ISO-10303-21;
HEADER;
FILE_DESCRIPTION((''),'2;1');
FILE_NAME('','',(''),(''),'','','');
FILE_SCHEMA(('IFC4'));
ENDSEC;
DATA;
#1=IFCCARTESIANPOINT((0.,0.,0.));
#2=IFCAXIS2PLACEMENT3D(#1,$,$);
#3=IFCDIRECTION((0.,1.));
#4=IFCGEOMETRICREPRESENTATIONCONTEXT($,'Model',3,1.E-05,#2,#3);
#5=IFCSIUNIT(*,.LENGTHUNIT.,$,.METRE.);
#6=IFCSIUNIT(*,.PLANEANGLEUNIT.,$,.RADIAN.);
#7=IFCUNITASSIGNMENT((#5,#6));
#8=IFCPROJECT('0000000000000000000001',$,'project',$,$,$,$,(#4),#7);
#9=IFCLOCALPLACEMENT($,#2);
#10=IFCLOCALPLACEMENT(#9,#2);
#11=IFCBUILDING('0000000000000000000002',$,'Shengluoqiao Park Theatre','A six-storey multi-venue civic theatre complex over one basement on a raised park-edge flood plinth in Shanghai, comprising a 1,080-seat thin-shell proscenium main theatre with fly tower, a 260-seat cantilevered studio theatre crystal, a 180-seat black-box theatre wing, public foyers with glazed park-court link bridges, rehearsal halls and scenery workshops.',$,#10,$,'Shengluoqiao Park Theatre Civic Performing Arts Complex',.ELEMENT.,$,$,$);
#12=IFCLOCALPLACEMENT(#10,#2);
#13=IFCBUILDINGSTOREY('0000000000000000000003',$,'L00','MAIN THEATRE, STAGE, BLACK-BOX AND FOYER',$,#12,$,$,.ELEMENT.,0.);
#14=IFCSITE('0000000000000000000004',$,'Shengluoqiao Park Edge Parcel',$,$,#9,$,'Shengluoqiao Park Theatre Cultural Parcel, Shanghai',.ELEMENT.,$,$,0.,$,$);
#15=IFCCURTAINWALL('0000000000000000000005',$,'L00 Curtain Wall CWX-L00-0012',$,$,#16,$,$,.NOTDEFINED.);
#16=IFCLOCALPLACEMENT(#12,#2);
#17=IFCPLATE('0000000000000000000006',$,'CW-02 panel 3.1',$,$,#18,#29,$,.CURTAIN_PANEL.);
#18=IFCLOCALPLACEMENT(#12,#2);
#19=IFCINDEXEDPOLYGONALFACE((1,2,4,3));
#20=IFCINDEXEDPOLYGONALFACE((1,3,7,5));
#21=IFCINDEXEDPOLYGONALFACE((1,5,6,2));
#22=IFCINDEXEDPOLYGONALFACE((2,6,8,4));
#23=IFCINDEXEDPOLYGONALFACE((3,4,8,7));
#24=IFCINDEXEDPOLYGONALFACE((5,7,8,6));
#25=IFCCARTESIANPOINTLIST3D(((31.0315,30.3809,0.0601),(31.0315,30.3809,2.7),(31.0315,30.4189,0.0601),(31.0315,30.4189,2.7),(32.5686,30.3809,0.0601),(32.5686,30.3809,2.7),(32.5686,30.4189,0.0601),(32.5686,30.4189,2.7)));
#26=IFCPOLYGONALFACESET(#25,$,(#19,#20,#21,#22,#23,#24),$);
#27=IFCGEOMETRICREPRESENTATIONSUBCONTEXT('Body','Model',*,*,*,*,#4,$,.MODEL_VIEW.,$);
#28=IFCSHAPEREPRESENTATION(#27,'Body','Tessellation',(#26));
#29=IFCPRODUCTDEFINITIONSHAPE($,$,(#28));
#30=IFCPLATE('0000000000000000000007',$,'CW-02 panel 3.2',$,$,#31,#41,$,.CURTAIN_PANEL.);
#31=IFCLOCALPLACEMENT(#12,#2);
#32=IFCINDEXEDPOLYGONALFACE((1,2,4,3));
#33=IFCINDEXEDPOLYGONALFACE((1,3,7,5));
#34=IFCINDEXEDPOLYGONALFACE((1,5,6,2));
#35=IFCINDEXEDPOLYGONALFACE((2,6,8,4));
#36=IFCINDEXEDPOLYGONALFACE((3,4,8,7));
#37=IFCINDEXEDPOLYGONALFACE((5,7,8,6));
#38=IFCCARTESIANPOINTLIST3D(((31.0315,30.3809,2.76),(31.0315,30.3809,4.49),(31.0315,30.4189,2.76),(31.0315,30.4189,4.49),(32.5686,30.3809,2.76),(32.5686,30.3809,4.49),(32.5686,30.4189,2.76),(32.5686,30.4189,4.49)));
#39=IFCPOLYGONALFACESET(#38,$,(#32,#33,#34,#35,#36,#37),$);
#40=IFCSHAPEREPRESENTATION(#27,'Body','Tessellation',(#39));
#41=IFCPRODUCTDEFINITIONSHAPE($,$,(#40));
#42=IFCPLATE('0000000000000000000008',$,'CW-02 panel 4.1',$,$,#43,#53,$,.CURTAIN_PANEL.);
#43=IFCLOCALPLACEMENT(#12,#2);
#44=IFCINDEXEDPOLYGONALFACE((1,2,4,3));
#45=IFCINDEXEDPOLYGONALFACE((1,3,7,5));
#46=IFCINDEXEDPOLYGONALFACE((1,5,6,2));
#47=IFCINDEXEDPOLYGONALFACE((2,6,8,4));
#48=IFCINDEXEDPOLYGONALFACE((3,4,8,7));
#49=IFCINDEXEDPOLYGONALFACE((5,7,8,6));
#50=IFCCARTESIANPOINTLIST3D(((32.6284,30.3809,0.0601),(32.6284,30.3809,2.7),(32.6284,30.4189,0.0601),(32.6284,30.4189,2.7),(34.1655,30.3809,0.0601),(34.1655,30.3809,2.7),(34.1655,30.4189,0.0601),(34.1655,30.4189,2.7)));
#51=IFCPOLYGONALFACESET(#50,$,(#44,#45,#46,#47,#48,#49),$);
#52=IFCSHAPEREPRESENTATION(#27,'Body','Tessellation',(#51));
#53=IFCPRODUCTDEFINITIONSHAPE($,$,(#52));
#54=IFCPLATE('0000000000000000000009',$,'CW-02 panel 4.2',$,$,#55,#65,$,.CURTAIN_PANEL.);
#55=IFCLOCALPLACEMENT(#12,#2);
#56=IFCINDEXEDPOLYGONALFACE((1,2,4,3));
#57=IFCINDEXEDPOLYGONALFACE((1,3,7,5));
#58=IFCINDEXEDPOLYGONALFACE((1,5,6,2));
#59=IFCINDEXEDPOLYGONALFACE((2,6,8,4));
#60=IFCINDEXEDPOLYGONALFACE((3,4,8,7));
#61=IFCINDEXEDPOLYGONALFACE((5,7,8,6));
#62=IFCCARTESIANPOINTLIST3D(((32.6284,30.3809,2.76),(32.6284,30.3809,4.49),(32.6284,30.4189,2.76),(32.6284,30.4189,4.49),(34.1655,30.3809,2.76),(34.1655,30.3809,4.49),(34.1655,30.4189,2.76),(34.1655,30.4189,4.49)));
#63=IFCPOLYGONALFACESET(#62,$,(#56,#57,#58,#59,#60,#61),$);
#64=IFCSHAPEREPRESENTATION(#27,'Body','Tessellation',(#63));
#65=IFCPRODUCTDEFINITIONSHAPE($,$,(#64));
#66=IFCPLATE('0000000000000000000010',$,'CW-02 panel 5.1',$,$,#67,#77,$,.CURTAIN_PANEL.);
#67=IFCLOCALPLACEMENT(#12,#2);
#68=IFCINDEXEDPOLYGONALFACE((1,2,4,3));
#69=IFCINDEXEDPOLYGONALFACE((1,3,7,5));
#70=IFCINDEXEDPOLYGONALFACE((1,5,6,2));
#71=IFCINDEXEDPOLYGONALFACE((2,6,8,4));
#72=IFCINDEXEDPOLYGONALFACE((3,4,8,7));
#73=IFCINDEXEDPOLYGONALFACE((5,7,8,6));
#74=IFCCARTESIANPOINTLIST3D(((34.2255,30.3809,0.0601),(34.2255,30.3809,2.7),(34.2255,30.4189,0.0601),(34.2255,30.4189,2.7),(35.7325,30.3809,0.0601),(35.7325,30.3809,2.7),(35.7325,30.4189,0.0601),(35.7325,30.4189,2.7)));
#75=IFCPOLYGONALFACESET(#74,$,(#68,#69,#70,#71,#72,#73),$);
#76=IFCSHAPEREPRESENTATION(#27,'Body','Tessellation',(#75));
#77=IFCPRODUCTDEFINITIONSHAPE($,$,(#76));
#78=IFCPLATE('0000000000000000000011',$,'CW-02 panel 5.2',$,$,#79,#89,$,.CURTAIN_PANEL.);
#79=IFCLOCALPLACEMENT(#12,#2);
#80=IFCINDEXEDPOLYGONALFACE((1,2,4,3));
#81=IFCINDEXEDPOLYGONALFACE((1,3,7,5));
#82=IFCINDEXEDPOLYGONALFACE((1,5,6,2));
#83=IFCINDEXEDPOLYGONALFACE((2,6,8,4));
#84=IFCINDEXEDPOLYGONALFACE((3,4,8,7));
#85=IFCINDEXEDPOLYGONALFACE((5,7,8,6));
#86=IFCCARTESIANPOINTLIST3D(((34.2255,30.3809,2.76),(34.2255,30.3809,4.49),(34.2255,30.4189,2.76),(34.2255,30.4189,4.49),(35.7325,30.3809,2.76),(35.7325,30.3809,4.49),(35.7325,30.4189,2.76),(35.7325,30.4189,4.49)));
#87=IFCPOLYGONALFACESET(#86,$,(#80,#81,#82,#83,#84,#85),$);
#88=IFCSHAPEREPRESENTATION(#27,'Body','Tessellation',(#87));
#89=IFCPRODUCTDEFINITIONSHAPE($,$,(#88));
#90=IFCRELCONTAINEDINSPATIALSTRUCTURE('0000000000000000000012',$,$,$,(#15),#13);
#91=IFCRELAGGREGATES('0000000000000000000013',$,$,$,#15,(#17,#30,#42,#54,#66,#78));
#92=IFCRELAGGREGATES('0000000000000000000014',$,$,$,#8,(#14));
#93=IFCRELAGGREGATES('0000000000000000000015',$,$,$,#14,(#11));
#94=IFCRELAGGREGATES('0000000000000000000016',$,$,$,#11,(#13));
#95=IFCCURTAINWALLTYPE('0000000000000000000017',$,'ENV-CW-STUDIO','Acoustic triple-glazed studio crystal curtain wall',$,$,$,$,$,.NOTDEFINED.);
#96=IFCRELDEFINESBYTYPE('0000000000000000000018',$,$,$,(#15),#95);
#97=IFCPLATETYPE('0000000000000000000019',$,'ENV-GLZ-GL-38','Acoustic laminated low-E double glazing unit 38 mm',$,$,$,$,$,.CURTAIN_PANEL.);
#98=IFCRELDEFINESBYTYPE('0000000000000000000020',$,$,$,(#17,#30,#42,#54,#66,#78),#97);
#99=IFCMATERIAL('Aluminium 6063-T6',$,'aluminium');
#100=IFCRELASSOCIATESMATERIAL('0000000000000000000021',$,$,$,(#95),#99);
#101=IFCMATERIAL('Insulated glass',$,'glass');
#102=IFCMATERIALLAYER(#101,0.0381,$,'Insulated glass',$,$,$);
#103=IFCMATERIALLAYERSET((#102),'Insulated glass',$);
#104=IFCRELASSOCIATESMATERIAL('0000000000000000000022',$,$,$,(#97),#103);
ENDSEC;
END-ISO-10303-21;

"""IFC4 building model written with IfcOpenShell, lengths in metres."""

from ifc_helpers import new_model, si_unit, direction, frame, origin, origin_2d, place, context, subcontext, project, spatial, rectangle, extrude, material, layer, layer_set, type_object, element, aggregate, save


model = new_model("IFC4")

# Units and contexts
model_context = context("Model", 3, precision=1e-05, world=origin(), true_north=direction((0.0, 1.0)))
body_context = subcontext(model_context, "Body", "Model", "MODEL_VIEW")
ifc_project = project(units=[si_unit("LENGTHUNIT", "METRE"), si_unit("PLANEANGLEUNIT", "RADIAN")], contexts=[model_context])

# Site, building, storey
site_placement = place(None, origin())
site = spatial("IfcSite", under=ifc_project, at=site_placement, Name="Shengluoqiao Park Edge Parcel", LongName="Shengluoqiao Park Theatre Cultural Parcel, Shanghai", CompositionType="ELEMENT", RefElevation=0.0)
building_placement = place(site_placement, origin())
building = spatial("IfcBuilding", under=site, at=building_placement, Name="Shengluoqiao Park Theatre", Description="A six-storey multi-venue civic theatre complex over one basement on a raised park-edge flood plinth in Shanghai, comprising a 1,080-seat thin-shell proscenium main theatre with fly tower, a 260-seat cantilevered studio theatre crystal, a 180-seat black-box theatre wing, public foyers with glazed park-court link bridges, rehearsal halls and scenery workshops.", LongName="Shengluoqiao Park Theatre Civic Performing Arts Complex", CompositionType="ELEMENT")
storey_placement = place(building_placement, origin())
storey = spatial("IfcBuildingStorey", under=building, at=storey_placement, Name="L00", Description="MAIN THEATRE, STAGE, BLACK-BOX AND FOYER", CompositionType="ELEMENT", Elevation=0.0)

# Curtain wall
ifc_material_1 = material(Name="Aluminium 6063-T6", Category="aluminium")
curtain_wall_type_1 = type_object("IfcCurtainWallType", Name="ENV-CW-STUDIO", Description="Acoustic triple-glazed studio crystal curtain wall", PredefinedType="NOTDEFINED", material=ifc_material_1)
curtain_wall_1_placement = place(storey_placement, origin())
curtain_wall_1 = element("IfcCurtainWall", 1, at=curtain_wall_1_placement, inside=storey, type_object=curtain_wall_type_1, Name="L00 Curtain Wall CWX-L00-0012", PredefinedType="NOTDEFINED")

# Plates
ifc_material_2 = material(Name="Insulated glass", Category="glass")
ifc_layer = layer(ifc_material_2, 0.0381, Name="Insulated glass")
ifc_layer_set = layer_set([ifc_layer], Name="Insulated glass")
plate_type = type_object("IfcPlateType", Name="ENV-GLZ-GL-38", Description="Acoustic laminated low-E double glazing unit 38 mm", PredefinedType="CURTAIN_PANEL", material=ifc_layer_set)
plate_1_placement = place(storey_placement, frame((31.8, 30.3999, 0.0601), z_axis=(0.0, 0.0, 1.0), x_axis=(1.0, 0.0, 0.0)))
plate_1 = element("IfcPlate", 2, at=plate_1_placement, type_object=plate_type, Name="CW-02 panel 3.1", PredefinedType="CURTAIN_PANEL", context=body_context, shape_type="SweptSolid", body=[
    extrude(rectangle(XDim=1.5371, YDim=0.0381, at=origin_2d()), origin(), (0.0, 0.0, 1.0), 2.6399),
])
plate_2_placement = place(storey_placement, frame((31.8, 30.3999, 2.76), z_axis=(0.0, 0.0, 1.0), x_axis=(1.0, 0.0, 0.0)))
plate_2 = element("IfcPlate", 3, at=plate_2_placement, type_object=plate_type, Name="CW-02 panel 3.2", PredefinedType="CURTAIN_PANEL", context=body_context, shape_type="SweptSolid", body=[
    extrude(rectangle(XDim=1.5371, YDim=0.0381, at=origin_2d()), origin(), (0.0, 0.0, 1.0), 1.73),
])
plate_3_placement = place(storey_placement, frame((33.397, 30.3999, 0.0601), z_axis=(0.0, 0.0, 1.0), x_axis=(1.0, 0.0, 0.0)))
plate_3 = element("IfcPlate", 4, at=plate_3_placement, type_object=plate_type, Name="CW-02 panel 4.1", PredefinedType="CURTAIN_PANEL", context=body_context, shape_type="SweptSolid", body=[
    extrude(rectangle(XDim=1.5371, YDim=0.0381, at=origin_2d()), origin(), (0.0, 0.0, 1.0), 2.6399),
])
plate_4_placement = place(storey_placement, frame((33.397, 30.3999, 2.76), z_axis=(0.0, 0.0, 1.0), x_axis=(1.0, 0.0, 0.0)))
plate_4 = element("IfcPlate", 5, at=plate_4_placement, type_object=plate_type, Name="CW-02 panel 4.2", PredefinedType="CURTAIN_PANEL", context=body_context, shape_type="SweptSolid", body=[
    extrude(rectangle(XDim=1.5371, YDim=0.0381, at=origin_2d()), origin(), (0.0, 0.0, 1.0), 1.73),
])
plate_5_placement = place(storey_placement, frame((34.979, 30.3999, 0.0601), z_axis=(0.0, 0.0, 1.0), x_axis=(1.0, 0.0, 0.0)))
plate_5 = element("IfcPlate", 6, at=plate_5_placement, type_object=plate_type, Name="CW-02 panel 5.1", PredefinedType="CURTAIN_PANEL", context=body_context, shape_type="SweptSolid", body=[
    extrude(rectangle(XDim=1.5071, YDim=0.0381, at=origin_2d()), origin(), (0.0, 0.0, 1.0), 2.6399),
])
plate_6_placement = place(storey_placement, frame((34.979, 30.3999, 2.76), z_axis=(0.0, 0.0, 1.0), x_axis=(1.0, 0.0, 0.0)))
plate_6 = element("IfcPlate", 7, at=plate_6_placement, type_object=plate_type, Name="CW-02 panel 5.2", PredefinedType="CURTAIN_PANEL", context=body_context, shape_type="SweptSolid", body=[
    extrude(rectangle(XDim=1.5071, YDim=0.0381, at=origin_2d()), origin(), (0.0, 0.0, 1.0), 1.73),
])
aggregate(curtain_wall_1, [plate_1, plate_2, plate_3, plate_4, plate_5, plate_6])

save(model, "model.ifc")
